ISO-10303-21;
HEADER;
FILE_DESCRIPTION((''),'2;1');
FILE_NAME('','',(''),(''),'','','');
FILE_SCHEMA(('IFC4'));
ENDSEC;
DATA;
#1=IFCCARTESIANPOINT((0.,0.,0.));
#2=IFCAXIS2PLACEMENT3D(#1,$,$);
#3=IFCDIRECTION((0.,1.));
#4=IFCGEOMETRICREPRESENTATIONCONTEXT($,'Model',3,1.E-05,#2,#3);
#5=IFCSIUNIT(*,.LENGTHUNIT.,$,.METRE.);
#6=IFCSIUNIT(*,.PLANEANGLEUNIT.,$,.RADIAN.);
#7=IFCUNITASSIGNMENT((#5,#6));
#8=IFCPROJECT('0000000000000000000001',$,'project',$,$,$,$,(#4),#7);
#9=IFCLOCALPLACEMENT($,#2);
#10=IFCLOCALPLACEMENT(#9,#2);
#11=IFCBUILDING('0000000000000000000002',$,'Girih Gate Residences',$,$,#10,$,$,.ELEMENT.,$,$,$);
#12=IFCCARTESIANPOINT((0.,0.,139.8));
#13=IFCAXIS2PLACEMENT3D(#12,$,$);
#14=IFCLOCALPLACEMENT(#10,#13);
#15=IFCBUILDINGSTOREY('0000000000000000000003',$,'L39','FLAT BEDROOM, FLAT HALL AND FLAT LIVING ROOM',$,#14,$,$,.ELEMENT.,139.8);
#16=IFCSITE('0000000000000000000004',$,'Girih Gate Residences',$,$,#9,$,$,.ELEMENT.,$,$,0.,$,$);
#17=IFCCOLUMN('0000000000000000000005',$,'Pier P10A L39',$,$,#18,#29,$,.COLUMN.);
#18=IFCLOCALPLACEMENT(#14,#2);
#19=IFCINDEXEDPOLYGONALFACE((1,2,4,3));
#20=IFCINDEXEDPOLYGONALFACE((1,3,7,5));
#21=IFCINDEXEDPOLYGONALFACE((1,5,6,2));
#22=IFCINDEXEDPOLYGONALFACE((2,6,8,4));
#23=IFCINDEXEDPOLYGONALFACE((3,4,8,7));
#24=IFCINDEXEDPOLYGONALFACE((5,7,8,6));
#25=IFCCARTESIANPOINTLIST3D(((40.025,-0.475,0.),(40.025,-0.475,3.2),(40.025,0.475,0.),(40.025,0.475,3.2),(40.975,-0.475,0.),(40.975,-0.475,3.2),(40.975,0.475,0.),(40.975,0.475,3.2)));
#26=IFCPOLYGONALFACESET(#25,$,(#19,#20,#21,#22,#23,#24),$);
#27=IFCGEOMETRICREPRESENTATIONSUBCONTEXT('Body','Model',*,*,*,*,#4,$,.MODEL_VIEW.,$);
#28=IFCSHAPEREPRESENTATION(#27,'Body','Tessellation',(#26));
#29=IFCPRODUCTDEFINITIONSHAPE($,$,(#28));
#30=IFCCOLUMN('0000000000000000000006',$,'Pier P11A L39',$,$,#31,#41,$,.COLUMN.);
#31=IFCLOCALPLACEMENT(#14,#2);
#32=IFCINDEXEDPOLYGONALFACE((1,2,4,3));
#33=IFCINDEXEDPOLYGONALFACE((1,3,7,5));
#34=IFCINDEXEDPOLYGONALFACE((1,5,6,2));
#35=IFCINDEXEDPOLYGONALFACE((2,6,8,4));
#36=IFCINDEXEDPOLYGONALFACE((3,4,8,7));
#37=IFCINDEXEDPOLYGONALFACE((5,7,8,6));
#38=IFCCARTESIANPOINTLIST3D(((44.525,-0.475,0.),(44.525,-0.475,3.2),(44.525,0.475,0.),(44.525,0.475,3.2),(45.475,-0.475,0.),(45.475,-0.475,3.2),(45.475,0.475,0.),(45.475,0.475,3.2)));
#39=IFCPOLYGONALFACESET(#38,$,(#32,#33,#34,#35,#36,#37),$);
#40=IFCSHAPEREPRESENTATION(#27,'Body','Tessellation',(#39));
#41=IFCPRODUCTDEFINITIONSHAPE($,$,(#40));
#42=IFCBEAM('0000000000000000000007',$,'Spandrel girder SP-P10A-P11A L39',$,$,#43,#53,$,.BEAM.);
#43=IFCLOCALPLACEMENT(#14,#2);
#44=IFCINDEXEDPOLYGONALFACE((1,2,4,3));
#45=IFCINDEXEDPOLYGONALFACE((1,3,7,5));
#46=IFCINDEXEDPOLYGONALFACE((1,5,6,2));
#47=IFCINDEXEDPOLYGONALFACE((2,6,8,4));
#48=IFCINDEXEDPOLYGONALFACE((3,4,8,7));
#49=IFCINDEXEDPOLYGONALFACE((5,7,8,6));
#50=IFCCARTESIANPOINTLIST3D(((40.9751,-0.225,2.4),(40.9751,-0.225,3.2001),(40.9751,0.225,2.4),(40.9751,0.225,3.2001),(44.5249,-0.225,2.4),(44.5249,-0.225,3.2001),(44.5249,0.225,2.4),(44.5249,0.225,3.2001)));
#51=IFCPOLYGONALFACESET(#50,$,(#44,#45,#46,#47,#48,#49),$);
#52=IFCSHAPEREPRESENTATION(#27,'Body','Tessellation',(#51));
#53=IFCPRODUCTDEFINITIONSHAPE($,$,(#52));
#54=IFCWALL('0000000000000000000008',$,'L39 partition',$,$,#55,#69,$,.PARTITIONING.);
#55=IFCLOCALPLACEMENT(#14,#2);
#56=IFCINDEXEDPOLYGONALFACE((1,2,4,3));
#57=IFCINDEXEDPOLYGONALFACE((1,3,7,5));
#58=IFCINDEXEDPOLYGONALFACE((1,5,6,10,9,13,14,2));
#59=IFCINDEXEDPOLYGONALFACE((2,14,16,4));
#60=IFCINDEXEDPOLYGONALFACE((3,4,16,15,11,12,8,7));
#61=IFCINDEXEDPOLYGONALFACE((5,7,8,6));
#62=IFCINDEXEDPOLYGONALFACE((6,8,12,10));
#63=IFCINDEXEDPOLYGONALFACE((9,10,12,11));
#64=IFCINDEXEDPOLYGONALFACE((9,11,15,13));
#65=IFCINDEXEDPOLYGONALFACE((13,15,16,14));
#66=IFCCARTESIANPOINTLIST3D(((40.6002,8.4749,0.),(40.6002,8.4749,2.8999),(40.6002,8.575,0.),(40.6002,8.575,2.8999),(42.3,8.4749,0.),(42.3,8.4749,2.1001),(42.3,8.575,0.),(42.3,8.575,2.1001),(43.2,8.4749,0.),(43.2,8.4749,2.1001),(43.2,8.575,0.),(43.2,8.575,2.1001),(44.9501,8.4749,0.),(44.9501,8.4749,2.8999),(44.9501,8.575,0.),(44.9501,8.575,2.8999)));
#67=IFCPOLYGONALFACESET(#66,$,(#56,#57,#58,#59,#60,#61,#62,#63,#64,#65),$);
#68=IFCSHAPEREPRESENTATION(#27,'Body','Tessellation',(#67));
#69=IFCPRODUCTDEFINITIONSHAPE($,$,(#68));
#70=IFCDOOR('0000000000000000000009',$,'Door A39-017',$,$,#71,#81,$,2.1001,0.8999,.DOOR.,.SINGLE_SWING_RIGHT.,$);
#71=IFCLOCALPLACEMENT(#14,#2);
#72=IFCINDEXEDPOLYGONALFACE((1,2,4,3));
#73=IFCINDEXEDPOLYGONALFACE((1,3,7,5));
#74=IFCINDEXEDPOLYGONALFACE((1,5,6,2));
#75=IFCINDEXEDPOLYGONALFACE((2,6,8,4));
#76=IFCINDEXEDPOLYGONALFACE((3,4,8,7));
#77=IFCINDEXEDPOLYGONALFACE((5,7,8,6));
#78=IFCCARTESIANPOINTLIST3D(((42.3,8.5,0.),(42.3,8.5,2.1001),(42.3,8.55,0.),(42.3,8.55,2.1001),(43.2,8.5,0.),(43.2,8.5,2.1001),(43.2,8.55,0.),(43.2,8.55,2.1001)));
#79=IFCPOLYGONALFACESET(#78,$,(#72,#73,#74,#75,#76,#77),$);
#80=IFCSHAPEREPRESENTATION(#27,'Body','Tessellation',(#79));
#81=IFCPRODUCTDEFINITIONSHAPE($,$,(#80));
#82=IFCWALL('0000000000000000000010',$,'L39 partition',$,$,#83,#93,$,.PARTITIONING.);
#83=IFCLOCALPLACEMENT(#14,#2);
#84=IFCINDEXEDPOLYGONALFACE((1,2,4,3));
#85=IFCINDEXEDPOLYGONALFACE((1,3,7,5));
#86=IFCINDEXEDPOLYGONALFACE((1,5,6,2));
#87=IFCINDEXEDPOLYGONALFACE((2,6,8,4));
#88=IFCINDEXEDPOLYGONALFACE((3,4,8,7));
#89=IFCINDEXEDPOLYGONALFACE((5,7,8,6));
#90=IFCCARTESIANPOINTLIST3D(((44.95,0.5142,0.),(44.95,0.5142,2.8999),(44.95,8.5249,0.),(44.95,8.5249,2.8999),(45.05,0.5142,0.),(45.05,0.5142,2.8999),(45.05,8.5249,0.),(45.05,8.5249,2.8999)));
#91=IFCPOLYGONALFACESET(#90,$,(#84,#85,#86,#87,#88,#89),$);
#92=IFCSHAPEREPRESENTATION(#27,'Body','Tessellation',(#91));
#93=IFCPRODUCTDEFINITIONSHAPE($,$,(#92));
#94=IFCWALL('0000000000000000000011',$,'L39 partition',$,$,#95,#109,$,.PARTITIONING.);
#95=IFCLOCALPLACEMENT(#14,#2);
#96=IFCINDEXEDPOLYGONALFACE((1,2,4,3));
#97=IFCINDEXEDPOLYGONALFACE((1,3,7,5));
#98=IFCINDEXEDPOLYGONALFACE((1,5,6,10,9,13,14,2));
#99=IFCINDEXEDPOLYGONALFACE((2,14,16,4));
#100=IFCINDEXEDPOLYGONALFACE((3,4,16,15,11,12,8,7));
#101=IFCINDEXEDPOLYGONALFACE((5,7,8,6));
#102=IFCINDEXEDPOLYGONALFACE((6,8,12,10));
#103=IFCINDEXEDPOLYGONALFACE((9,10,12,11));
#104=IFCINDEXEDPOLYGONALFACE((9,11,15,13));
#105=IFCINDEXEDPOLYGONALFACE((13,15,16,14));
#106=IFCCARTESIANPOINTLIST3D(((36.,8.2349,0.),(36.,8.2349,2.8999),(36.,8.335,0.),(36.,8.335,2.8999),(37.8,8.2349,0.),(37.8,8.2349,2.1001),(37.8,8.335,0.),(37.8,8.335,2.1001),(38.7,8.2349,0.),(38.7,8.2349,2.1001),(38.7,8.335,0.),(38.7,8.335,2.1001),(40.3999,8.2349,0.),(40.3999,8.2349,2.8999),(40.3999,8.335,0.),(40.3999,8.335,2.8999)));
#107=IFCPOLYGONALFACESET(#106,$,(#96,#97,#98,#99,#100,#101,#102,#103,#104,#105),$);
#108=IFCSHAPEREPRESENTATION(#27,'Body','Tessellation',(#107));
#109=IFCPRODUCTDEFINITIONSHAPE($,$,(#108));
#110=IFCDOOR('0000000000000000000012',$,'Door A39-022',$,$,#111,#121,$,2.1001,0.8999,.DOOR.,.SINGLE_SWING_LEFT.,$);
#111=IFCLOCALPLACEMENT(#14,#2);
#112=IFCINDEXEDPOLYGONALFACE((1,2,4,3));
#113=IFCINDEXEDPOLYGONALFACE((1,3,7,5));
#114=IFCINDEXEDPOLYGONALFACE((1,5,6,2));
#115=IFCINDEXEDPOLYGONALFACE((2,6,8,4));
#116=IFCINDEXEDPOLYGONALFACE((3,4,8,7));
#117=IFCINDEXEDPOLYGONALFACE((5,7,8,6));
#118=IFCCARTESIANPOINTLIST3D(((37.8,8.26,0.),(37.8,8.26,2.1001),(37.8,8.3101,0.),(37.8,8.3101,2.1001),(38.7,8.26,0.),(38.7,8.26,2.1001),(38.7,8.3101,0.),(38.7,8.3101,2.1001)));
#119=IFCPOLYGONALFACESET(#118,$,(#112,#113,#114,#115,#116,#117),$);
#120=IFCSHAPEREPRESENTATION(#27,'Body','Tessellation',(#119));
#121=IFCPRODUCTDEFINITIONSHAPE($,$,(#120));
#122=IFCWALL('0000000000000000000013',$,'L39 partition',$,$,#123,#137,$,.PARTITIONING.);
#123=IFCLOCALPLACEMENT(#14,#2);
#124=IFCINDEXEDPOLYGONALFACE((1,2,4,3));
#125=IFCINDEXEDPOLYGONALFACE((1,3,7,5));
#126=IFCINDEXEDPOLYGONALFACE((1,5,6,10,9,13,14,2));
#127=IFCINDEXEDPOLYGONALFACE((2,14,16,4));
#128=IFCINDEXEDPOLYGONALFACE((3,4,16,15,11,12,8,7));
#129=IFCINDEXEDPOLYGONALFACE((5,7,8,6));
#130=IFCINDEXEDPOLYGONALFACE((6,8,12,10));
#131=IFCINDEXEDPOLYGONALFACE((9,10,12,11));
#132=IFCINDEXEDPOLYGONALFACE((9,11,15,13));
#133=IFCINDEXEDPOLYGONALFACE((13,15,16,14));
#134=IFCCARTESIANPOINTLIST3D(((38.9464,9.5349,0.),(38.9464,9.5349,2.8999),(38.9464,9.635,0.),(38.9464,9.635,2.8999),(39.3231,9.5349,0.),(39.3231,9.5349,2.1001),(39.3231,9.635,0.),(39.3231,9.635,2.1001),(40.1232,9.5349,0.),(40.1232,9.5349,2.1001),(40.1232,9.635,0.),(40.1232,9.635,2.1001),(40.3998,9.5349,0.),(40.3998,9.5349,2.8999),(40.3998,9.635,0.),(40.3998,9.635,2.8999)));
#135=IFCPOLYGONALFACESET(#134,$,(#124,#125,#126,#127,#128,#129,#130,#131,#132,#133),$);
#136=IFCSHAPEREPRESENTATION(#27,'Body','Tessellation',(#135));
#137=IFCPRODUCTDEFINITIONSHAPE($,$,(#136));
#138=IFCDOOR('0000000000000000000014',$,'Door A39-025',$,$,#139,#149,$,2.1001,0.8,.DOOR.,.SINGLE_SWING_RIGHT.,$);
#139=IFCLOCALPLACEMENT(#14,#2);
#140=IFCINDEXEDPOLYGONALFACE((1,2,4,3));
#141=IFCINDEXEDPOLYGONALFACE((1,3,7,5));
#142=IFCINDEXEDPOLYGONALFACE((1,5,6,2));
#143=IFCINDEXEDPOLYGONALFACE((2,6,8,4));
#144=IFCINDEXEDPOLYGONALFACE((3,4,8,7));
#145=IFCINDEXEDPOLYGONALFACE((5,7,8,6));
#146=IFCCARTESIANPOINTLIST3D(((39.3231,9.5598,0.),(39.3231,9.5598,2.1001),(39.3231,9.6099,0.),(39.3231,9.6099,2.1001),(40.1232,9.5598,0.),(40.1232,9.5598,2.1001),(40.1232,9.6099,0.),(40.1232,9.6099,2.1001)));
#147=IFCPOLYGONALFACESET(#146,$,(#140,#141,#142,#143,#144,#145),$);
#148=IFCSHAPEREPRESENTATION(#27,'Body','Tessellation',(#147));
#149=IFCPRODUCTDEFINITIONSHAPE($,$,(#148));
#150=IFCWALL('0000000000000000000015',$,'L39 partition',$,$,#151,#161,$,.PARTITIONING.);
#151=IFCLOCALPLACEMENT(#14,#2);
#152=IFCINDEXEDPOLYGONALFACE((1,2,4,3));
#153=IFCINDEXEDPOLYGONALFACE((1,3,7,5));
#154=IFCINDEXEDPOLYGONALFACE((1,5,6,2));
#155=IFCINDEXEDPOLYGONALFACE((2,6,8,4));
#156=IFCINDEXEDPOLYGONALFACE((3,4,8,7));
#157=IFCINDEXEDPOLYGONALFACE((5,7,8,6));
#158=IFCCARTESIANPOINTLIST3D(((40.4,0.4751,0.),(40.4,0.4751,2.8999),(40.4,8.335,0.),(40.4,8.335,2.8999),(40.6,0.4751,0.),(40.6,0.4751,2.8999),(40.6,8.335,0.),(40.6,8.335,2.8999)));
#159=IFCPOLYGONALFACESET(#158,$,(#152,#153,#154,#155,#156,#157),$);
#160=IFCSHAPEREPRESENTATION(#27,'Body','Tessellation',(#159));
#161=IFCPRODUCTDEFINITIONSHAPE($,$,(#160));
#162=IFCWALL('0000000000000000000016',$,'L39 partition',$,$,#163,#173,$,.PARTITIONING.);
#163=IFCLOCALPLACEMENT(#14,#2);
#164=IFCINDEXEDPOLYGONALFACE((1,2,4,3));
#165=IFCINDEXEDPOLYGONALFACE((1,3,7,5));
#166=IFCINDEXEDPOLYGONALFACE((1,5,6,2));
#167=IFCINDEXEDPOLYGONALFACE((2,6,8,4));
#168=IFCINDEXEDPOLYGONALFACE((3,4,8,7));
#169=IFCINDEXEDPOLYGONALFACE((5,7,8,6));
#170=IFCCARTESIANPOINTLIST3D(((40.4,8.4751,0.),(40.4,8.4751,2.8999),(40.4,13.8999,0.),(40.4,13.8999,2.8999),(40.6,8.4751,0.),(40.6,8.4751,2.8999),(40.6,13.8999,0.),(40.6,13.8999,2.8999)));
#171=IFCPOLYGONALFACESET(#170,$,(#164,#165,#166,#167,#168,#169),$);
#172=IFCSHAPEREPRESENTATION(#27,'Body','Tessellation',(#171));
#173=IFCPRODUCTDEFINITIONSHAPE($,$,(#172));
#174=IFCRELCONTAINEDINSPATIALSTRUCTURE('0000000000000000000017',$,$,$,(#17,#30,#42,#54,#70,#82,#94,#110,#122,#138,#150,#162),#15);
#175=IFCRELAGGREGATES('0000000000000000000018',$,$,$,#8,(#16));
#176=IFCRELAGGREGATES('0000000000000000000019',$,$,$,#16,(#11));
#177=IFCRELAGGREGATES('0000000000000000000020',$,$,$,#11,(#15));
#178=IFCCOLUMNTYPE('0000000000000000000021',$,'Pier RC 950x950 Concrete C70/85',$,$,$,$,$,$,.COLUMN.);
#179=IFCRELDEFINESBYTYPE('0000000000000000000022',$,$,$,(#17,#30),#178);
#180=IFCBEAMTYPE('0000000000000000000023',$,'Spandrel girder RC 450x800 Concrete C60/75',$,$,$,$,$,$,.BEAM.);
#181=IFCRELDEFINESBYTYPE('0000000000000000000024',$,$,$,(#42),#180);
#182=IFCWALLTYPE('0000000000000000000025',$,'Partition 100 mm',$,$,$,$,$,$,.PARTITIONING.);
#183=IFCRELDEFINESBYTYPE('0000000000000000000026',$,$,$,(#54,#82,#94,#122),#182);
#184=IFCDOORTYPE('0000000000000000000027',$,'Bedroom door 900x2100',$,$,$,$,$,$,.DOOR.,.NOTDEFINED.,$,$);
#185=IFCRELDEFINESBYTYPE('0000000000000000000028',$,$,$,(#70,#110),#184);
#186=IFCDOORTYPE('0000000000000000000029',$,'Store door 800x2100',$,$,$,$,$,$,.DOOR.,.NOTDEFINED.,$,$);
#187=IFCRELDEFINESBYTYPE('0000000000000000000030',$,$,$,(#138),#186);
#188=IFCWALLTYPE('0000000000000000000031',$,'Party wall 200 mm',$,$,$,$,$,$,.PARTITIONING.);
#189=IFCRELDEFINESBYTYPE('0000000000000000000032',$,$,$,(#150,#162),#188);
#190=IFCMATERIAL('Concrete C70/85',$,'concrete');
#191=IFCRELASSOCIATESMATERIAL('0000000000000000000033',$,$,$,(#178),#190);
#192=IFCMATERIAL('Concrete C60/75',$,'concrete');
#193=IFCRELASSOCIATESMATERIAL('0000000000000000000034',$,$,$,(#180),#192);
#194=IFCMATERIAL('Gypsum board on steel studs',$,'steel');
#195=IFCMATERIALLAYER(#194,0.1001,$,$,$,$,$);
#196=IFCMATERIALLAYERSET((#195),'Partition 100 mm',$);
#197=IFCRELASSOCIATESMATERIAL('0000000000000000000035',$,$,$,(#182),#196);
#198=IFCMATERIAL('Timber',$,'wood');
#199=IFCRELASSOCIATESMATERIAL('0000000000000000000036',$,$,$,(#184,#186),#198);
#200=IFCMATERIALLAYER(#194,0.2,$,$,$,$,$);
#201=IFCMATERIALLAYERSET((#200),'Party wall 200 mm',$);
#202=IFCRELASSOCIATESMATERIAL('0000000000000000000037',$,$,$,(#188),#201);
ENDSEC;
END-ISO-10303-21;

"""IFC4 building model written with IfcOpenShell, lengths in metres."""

from ifc_helpers import new_model, si_unit, direction, frame, frame_2d, origin, origin_2d, place, context, subcontext, project, spatial, rectangle, extrude, material, layer, layer_set, material_profile, profile_set, type_object, element, fill, save


model = new_model("IFC4")

# Units and contexts
model_context = context("Model", 3, precision=1e-05, world=origin(), true_north=direction((0.0, 1.0)))
body_context = subcontext(model_context, "Body", "Model", "MODEL_VIEW")
ifc_project = project(units=[si_unit("LENGTHUNIT", "METRE"), si_unit("PLANEANGLEUNIT", "RADIAN")], contexts=[model_context])

# Site, building, storey
site_placement = place(None, origin())
site = spatial("IfcSite", under=ifc_project, at=site_placement, Name="Girih Gate Residences", CompositionType="ELEMENT", RefElevation=0.0)
building_placement = place(site_placement, origin())
building = spatial("IfcBuilding", under=site, at=building_placement, Name="Girih Gate Residences", CompositionType="ELEMENT")
storey_placement = place(building_placement, frame((0.0, 0.0, 139.8)))
storey = spatial("IfcBuildingStorey", under=building, at=storey_placement, Name="L39", Description="FLAT BEDROOM, FLAT HALL AND FLAT LIVING ROOM", CompositionType="ELEMENT", Elevation=139.8)

# Columns
ifc_material_1 = material(Name="Concrete C70/85", Category="concrete")
ifc_material_profile_1 = material_profile(ifc_material_1, rectangle(XDim=0.95, YDim=0.95, at=origin_2d()))
ifc_profile_set_1 = profile_set([ifc_material_profile_1], Name="Concrete C70/85")
column_type = type_object("IfcColumnType", Name="Pier RC 950x950 Concrete C70/85", PredefinedType="COLUMN", material=ifc_profile_set_1)
for number, where, z_axis, x_axis, name in (
    (1, (40.5, 0.0, 0.0), (0.0, 0.0, 1.0), (1.0, 0.0, 0.0), "Pier P10A L39"),
    (2, (45.0, 0.0, 0.0), (0.0, 0.0, 1.0), (1.0, 0.0, 0.0), "Pier P11A L39"),
):
    element("IfcColumn", number, at=place(storey_placement, frame(where, z_axis=z_axis, x_axis=x_axis)), inside=storey, type_object=column_type, Name=name, PredefinedType="COLUMN", context=body_context, shape_type="SweptSolid", body=[
        extrude(rectangle(XDim=0.95, YDim=0.95, at=origin_2d()), origin(), (0.0, 0.0, 1.0), 3.2),
    ])

# Beam
ifc_material_2 = material(Name="Concrete C60/75", Category="concrete")
ifc_material_profile_2 = material_profile(ifc_material_2, rectangle(XDim=0.45, YDim=0.8, at=origin_2d()))
ifc_profile_set_2 = profile_set([ifc_material_profile_2], Name="Concrete C60/75")
beam_type = type_object("IfcBeamType", Name="Spandrel girder RC 450x800 Concrete C60/75", PredefinedType="BEAM", material=ifc_profile_set_2)
beam_placement = place(storey_placement, frame((40.9751, 0.0, 2.8), z_axis=(1.0, 0.0, 0.0), x_axis=(0.0, 1.0, 0.0)))
element("IfcBeam", 3, at=beam_placement, inside=storey, type_object=beam_type, Name="Spandrel girder SP-P10A-P11A L39", PredefinedType="BEAM", context=body_context, shape_type="SweptSolid", body=[
    extrude(rectangle(XDim=0.45, YDim=0.8, at=origin_2d()), origin(), (0.0, 0.0, 1.0), 3.5498),
])

# Wall, opening, door
ifc_material_3 = material(Name="Gypsum board on steel studs", Category="steel")
ifc_layer_1 = layer(ifc_material_3, 0.1001)
ifc_layer_set_1 = layer_set([ifc_layer_1], Name="Partition 100 mm")
wall_type_1 = type_object("IfcWallType", Name="Partition 100 mm", PredefinedType="PARTITIONING", material=ifc_layer_set_1)
wall_1_placement = place(storey_placement, frame((44.95, 8.5249, 0.0), z_axis=(0.0, 0.0, 1.0), x_axis=(-1.0, 0.0, 0.0)))
wall_1 = element("IfcWall", 4, at=wall_1_placement, inside=storey, type_object=wall_type_1, Name="L39 partition", PredefinedType="PARTITIONING", context=body_context, shape_type="SweptSolid", body=[
    extrude(rectangle(XDim=4.3499, YDim=0.1001, at=frame_2d((2.1748, 0.0))), origin(), (0.0, 0.0, 1.0), 2.8999),
])
opening_1_placement = place(wall_1_placement, frame((1.75, 0.0, 0.0)))
opening_1 = element("IfcOpeningElement", 5, at=opening_1_placement, cuts=wall_1, PredefinedType="OPENING", context=body_context, shape_type="SweptSolid", body=[
    extrude(rectangle(XDim=0.8999, YDim=2.1001, at=frame_2d((0.45, 1.05))), frame((0.0, 0.0601, 0.0), z_axis=(0.0, -1.0, 0.0), x_axis=(1.0, 0.0, 0.0)), (0.0, 0.0, 1.0), 0.1201),
])
ifc_material_4 = material(Name="Timber", Category="wood")
door_type_1 = type_object("IfcDoorType", Name="Bedroom door 900x2100", OperationType="NOTDEFINED", PredefinedType="DOOR", material=ifc_material_4)
door_1_placement = place(opening_1_placement, origin())
door_1 = element("IfcDoor", 6, at=door_1_placement, inside=storey, type_object=door_type_1, Name="Door A39-017", OperationType="SINGLE_SWING_RIGHT", OverallHeight=2.1001, OverallWidth=0.8999, PredefinedType="DOOR", context=body_context, shape_type="SweptSolid", body=[
    extrude(rectangle(XDim=0.8999, YDim=2.1001, at=frame_2d((0.45, 1.05))), frame((0.0, 0.0249, 0.0), z_axis=(0.0, -1.0, 0.0), x_axis=(1.0, 0.0, 0.0)), (0.0, 0.0, 1.0), 0.05),
])
fill(opening_1, door_1)

# Wall
wall_2_placement = place(storey_placement, frame((45.0, 0.5142, 0.0), z_axis=(0.0, 0.0, 1.0), x_axis=(0.0, 1.0, 0.0)))
element("IfcWall", 7, at=wall_2_placement, inside=storey, type_object=wall_type_1, Name="L39 partition", PredefinedType="PARTITIONING", context=body_context, shape_type="SweptSolid", body=[
    extrude(rectangle(XDim=8.0107, YDim=0.1001, at=frame_2d((4.0054, 0.0))), origin(), (0.0, 0.0, 1.0), 2.8999),
])

# Walls, openings, doors
wall_3_placement = place(storey_placement, frame((40.3999, 8.2849, 0.0), z_axis=(0.0, 0.0, 1.0), x_axis=(-1.0, 0.0, 0.0)))
wall_3 = element("IfcWall", 8, at=wall_3_placement, inside=storey, type_object=wall_type_1, Name="L39 partition", PredefinedType="PARTITIONING", context=body_context, shape_type="SweptSolid", body=[
    extrude(rectangle(XDim=4.3999, YDim=0.1001, at=frame_2d((2.2, 0.0))), origin(), (0.0, 0.0, 1.0), 2.8999),
])
opening_2_placement = place(wall_3_placement, frame((1.7, 0.0, 0.0)))
opening_2 = element("IfcOpeningElement", 9, at=opening_2_placement, cuts=wall_3, PredefinedType="OPENING", context=body_context, shape_type="SweptSolid", body=[
    extrude(rectangle(XDim=0.8999, YDim=2.1001, at=frame_2d((0.45, 1.05))), frame((0.0, 0.0601, 0.0), z_axis=(0.0, -1.0, 0.0), x_axis=(1.0, 0.0, 0.0)), (0.0, 0.0, 1.0), 0.1201),
])
door_2_placement = place(opening_2_placement, origin())
door_2 = element("IfcDoor", 10, at=door_2_placement, inside=storey, type_object=door_type_1, Name="Door A39-022", OperationType="SINGLE_SWING_LEFT", OverallHeight=2.1001, OverallWidth=0.8999, PredefinedType="DOOR", context=body_context, shape_type="SweptSolid", body=[
    extrude(rectangle(XDim=0.8999, YDim=2.1001, at=frame_2d((0.45, 1.05))), frame((0.0, 0.0249, 0.0), z_axis=(0.0, -1.0, 0.0), x_axis=(1.0, 0.0, 0.0)), (0.0, 0.0, 1.0), 0.05),
])
fill(opening_2, door_2)
wall_4_placement = place(storey_placement, frame((38.9465, 9.585, 0.0), z_axis=(0.0, 0.0, 1.0), x_axis=(1.0, 0.0, 0.0)))
wall_4 = element("IfcWall", 11, at=wall_4_placement, inside=storey, type_object=wall_type_1, Name="L39 partition", PredefinedType="PARTITIONING", context=body_context, shape_type="SweptSolid", body=[
    extrude(rectangle(XDim=1.4534, YDim=0.1001, at=frame_2d((0.7266, 0.0))), origin(), (0.0, 0.0, 1.0), 2.8999),
])
opening_3_placement = place(wall_4_placement, frame((0.3767, 0.0, 0.0)))
opening_3 = element("IfcOpeningElement", 12, at=opening_3_placement, cuts=wall_4, PredefinedType="OPENING", context=body_context, shape_type="SweptSolid", body=[
    extrude(rectangle(XDim=0.8, YDim=2.1001, at=frame_2d((0.3999, 1.05))), frame((0.0, 0.0601, 0.0), z_axis=(0.0, -1.0, 0.0), x_axis=(1.0, 0.0, 0.0)), (0.0, 0.0, 1.0), 0.1201),
])
door_type_2 = type_object("IfcDoorType", Name="Store door 800x2100", OperationType="NOTDEFINED", PredefinedType="DOOR", material=ifc_material_4)
door_3_placement = place(opening_3_placement, origin())
door_3 = element("IfcDoor", 13, at=door_3_placement, inside=storey, type_object=door_type_2, Name="Door A39-025", OperationType="SINGLE_SWING_RIGHT", OverallHeight=2.1001, OverallWidth=0.8, PredefinedType="DOOR", context=body_context, shape_type="SweptSolid", body=[
    extrude(rectangle(XDim=0.8, YDim=2.1001, at=frame_2d((0.3999, 1.05))), frame((0.0, 0.0249, 0.0), z_axis=(0.0, -1.0, 0.0), x_axis=(1.0, 0.0, 0.0)), (0.0, 0.0, 1.0), 0.05),
])
fill(opening_3, door_3)

# Walls
ifc_layer_2 = layer(ifc_material_3, 0.2)
ifc_layer_set_2 = layer_set([ifc_layer_2], Name="Party wall 200 mm")
wall_type_2 = type_object("IfcWallType", Name="Party wall 200 mm", PredefinedType="PARTITIONING", material=ifc_layer_set_2)
wall_5_placement = place(storey_placement, frame((40.5, 0.4751, 0.0), z_axis=(0.0, 0.0, 1.0), x_axis=(0.0, 1.0, 0.0)))
element("IfcWall", 14, at=wall_5_placement, inside=storey, type_object=wall_type_2, Name="L39 partition", PredefinedType="PARTITIONING", context=body_context, shape_type="SweptSolid", body=[
    extrude(rectangle(XDim=7.8599, YDim=0.2, at=frame_2d((3.9299, 0.0))), origin(), (0.0, 0.0, 1.0), 2.8999),
])
wall_6_placement = place(storey_placement, frame((40.5, 8.4751, 0.0), z_axis=(0.0, 0.0, 1.0), x_axis=(0.0, 1.0, 0.0)))
element("IfcWall", 15, at=wall_6_placement, inside=storey, type_object=wall_type_2, Name="L39 partition", PredefinedType="PARTITIONING", context=body_context, shape_type="SweptSolid", body=[
    extrude(rectangle(XDim=5.4248, YDim=0.2, at=frame_2d((2.7124, 0.0))), origin(), (0.0, 0.0, 1.0), 2.8999),
])

save(model, "model.ifc")
